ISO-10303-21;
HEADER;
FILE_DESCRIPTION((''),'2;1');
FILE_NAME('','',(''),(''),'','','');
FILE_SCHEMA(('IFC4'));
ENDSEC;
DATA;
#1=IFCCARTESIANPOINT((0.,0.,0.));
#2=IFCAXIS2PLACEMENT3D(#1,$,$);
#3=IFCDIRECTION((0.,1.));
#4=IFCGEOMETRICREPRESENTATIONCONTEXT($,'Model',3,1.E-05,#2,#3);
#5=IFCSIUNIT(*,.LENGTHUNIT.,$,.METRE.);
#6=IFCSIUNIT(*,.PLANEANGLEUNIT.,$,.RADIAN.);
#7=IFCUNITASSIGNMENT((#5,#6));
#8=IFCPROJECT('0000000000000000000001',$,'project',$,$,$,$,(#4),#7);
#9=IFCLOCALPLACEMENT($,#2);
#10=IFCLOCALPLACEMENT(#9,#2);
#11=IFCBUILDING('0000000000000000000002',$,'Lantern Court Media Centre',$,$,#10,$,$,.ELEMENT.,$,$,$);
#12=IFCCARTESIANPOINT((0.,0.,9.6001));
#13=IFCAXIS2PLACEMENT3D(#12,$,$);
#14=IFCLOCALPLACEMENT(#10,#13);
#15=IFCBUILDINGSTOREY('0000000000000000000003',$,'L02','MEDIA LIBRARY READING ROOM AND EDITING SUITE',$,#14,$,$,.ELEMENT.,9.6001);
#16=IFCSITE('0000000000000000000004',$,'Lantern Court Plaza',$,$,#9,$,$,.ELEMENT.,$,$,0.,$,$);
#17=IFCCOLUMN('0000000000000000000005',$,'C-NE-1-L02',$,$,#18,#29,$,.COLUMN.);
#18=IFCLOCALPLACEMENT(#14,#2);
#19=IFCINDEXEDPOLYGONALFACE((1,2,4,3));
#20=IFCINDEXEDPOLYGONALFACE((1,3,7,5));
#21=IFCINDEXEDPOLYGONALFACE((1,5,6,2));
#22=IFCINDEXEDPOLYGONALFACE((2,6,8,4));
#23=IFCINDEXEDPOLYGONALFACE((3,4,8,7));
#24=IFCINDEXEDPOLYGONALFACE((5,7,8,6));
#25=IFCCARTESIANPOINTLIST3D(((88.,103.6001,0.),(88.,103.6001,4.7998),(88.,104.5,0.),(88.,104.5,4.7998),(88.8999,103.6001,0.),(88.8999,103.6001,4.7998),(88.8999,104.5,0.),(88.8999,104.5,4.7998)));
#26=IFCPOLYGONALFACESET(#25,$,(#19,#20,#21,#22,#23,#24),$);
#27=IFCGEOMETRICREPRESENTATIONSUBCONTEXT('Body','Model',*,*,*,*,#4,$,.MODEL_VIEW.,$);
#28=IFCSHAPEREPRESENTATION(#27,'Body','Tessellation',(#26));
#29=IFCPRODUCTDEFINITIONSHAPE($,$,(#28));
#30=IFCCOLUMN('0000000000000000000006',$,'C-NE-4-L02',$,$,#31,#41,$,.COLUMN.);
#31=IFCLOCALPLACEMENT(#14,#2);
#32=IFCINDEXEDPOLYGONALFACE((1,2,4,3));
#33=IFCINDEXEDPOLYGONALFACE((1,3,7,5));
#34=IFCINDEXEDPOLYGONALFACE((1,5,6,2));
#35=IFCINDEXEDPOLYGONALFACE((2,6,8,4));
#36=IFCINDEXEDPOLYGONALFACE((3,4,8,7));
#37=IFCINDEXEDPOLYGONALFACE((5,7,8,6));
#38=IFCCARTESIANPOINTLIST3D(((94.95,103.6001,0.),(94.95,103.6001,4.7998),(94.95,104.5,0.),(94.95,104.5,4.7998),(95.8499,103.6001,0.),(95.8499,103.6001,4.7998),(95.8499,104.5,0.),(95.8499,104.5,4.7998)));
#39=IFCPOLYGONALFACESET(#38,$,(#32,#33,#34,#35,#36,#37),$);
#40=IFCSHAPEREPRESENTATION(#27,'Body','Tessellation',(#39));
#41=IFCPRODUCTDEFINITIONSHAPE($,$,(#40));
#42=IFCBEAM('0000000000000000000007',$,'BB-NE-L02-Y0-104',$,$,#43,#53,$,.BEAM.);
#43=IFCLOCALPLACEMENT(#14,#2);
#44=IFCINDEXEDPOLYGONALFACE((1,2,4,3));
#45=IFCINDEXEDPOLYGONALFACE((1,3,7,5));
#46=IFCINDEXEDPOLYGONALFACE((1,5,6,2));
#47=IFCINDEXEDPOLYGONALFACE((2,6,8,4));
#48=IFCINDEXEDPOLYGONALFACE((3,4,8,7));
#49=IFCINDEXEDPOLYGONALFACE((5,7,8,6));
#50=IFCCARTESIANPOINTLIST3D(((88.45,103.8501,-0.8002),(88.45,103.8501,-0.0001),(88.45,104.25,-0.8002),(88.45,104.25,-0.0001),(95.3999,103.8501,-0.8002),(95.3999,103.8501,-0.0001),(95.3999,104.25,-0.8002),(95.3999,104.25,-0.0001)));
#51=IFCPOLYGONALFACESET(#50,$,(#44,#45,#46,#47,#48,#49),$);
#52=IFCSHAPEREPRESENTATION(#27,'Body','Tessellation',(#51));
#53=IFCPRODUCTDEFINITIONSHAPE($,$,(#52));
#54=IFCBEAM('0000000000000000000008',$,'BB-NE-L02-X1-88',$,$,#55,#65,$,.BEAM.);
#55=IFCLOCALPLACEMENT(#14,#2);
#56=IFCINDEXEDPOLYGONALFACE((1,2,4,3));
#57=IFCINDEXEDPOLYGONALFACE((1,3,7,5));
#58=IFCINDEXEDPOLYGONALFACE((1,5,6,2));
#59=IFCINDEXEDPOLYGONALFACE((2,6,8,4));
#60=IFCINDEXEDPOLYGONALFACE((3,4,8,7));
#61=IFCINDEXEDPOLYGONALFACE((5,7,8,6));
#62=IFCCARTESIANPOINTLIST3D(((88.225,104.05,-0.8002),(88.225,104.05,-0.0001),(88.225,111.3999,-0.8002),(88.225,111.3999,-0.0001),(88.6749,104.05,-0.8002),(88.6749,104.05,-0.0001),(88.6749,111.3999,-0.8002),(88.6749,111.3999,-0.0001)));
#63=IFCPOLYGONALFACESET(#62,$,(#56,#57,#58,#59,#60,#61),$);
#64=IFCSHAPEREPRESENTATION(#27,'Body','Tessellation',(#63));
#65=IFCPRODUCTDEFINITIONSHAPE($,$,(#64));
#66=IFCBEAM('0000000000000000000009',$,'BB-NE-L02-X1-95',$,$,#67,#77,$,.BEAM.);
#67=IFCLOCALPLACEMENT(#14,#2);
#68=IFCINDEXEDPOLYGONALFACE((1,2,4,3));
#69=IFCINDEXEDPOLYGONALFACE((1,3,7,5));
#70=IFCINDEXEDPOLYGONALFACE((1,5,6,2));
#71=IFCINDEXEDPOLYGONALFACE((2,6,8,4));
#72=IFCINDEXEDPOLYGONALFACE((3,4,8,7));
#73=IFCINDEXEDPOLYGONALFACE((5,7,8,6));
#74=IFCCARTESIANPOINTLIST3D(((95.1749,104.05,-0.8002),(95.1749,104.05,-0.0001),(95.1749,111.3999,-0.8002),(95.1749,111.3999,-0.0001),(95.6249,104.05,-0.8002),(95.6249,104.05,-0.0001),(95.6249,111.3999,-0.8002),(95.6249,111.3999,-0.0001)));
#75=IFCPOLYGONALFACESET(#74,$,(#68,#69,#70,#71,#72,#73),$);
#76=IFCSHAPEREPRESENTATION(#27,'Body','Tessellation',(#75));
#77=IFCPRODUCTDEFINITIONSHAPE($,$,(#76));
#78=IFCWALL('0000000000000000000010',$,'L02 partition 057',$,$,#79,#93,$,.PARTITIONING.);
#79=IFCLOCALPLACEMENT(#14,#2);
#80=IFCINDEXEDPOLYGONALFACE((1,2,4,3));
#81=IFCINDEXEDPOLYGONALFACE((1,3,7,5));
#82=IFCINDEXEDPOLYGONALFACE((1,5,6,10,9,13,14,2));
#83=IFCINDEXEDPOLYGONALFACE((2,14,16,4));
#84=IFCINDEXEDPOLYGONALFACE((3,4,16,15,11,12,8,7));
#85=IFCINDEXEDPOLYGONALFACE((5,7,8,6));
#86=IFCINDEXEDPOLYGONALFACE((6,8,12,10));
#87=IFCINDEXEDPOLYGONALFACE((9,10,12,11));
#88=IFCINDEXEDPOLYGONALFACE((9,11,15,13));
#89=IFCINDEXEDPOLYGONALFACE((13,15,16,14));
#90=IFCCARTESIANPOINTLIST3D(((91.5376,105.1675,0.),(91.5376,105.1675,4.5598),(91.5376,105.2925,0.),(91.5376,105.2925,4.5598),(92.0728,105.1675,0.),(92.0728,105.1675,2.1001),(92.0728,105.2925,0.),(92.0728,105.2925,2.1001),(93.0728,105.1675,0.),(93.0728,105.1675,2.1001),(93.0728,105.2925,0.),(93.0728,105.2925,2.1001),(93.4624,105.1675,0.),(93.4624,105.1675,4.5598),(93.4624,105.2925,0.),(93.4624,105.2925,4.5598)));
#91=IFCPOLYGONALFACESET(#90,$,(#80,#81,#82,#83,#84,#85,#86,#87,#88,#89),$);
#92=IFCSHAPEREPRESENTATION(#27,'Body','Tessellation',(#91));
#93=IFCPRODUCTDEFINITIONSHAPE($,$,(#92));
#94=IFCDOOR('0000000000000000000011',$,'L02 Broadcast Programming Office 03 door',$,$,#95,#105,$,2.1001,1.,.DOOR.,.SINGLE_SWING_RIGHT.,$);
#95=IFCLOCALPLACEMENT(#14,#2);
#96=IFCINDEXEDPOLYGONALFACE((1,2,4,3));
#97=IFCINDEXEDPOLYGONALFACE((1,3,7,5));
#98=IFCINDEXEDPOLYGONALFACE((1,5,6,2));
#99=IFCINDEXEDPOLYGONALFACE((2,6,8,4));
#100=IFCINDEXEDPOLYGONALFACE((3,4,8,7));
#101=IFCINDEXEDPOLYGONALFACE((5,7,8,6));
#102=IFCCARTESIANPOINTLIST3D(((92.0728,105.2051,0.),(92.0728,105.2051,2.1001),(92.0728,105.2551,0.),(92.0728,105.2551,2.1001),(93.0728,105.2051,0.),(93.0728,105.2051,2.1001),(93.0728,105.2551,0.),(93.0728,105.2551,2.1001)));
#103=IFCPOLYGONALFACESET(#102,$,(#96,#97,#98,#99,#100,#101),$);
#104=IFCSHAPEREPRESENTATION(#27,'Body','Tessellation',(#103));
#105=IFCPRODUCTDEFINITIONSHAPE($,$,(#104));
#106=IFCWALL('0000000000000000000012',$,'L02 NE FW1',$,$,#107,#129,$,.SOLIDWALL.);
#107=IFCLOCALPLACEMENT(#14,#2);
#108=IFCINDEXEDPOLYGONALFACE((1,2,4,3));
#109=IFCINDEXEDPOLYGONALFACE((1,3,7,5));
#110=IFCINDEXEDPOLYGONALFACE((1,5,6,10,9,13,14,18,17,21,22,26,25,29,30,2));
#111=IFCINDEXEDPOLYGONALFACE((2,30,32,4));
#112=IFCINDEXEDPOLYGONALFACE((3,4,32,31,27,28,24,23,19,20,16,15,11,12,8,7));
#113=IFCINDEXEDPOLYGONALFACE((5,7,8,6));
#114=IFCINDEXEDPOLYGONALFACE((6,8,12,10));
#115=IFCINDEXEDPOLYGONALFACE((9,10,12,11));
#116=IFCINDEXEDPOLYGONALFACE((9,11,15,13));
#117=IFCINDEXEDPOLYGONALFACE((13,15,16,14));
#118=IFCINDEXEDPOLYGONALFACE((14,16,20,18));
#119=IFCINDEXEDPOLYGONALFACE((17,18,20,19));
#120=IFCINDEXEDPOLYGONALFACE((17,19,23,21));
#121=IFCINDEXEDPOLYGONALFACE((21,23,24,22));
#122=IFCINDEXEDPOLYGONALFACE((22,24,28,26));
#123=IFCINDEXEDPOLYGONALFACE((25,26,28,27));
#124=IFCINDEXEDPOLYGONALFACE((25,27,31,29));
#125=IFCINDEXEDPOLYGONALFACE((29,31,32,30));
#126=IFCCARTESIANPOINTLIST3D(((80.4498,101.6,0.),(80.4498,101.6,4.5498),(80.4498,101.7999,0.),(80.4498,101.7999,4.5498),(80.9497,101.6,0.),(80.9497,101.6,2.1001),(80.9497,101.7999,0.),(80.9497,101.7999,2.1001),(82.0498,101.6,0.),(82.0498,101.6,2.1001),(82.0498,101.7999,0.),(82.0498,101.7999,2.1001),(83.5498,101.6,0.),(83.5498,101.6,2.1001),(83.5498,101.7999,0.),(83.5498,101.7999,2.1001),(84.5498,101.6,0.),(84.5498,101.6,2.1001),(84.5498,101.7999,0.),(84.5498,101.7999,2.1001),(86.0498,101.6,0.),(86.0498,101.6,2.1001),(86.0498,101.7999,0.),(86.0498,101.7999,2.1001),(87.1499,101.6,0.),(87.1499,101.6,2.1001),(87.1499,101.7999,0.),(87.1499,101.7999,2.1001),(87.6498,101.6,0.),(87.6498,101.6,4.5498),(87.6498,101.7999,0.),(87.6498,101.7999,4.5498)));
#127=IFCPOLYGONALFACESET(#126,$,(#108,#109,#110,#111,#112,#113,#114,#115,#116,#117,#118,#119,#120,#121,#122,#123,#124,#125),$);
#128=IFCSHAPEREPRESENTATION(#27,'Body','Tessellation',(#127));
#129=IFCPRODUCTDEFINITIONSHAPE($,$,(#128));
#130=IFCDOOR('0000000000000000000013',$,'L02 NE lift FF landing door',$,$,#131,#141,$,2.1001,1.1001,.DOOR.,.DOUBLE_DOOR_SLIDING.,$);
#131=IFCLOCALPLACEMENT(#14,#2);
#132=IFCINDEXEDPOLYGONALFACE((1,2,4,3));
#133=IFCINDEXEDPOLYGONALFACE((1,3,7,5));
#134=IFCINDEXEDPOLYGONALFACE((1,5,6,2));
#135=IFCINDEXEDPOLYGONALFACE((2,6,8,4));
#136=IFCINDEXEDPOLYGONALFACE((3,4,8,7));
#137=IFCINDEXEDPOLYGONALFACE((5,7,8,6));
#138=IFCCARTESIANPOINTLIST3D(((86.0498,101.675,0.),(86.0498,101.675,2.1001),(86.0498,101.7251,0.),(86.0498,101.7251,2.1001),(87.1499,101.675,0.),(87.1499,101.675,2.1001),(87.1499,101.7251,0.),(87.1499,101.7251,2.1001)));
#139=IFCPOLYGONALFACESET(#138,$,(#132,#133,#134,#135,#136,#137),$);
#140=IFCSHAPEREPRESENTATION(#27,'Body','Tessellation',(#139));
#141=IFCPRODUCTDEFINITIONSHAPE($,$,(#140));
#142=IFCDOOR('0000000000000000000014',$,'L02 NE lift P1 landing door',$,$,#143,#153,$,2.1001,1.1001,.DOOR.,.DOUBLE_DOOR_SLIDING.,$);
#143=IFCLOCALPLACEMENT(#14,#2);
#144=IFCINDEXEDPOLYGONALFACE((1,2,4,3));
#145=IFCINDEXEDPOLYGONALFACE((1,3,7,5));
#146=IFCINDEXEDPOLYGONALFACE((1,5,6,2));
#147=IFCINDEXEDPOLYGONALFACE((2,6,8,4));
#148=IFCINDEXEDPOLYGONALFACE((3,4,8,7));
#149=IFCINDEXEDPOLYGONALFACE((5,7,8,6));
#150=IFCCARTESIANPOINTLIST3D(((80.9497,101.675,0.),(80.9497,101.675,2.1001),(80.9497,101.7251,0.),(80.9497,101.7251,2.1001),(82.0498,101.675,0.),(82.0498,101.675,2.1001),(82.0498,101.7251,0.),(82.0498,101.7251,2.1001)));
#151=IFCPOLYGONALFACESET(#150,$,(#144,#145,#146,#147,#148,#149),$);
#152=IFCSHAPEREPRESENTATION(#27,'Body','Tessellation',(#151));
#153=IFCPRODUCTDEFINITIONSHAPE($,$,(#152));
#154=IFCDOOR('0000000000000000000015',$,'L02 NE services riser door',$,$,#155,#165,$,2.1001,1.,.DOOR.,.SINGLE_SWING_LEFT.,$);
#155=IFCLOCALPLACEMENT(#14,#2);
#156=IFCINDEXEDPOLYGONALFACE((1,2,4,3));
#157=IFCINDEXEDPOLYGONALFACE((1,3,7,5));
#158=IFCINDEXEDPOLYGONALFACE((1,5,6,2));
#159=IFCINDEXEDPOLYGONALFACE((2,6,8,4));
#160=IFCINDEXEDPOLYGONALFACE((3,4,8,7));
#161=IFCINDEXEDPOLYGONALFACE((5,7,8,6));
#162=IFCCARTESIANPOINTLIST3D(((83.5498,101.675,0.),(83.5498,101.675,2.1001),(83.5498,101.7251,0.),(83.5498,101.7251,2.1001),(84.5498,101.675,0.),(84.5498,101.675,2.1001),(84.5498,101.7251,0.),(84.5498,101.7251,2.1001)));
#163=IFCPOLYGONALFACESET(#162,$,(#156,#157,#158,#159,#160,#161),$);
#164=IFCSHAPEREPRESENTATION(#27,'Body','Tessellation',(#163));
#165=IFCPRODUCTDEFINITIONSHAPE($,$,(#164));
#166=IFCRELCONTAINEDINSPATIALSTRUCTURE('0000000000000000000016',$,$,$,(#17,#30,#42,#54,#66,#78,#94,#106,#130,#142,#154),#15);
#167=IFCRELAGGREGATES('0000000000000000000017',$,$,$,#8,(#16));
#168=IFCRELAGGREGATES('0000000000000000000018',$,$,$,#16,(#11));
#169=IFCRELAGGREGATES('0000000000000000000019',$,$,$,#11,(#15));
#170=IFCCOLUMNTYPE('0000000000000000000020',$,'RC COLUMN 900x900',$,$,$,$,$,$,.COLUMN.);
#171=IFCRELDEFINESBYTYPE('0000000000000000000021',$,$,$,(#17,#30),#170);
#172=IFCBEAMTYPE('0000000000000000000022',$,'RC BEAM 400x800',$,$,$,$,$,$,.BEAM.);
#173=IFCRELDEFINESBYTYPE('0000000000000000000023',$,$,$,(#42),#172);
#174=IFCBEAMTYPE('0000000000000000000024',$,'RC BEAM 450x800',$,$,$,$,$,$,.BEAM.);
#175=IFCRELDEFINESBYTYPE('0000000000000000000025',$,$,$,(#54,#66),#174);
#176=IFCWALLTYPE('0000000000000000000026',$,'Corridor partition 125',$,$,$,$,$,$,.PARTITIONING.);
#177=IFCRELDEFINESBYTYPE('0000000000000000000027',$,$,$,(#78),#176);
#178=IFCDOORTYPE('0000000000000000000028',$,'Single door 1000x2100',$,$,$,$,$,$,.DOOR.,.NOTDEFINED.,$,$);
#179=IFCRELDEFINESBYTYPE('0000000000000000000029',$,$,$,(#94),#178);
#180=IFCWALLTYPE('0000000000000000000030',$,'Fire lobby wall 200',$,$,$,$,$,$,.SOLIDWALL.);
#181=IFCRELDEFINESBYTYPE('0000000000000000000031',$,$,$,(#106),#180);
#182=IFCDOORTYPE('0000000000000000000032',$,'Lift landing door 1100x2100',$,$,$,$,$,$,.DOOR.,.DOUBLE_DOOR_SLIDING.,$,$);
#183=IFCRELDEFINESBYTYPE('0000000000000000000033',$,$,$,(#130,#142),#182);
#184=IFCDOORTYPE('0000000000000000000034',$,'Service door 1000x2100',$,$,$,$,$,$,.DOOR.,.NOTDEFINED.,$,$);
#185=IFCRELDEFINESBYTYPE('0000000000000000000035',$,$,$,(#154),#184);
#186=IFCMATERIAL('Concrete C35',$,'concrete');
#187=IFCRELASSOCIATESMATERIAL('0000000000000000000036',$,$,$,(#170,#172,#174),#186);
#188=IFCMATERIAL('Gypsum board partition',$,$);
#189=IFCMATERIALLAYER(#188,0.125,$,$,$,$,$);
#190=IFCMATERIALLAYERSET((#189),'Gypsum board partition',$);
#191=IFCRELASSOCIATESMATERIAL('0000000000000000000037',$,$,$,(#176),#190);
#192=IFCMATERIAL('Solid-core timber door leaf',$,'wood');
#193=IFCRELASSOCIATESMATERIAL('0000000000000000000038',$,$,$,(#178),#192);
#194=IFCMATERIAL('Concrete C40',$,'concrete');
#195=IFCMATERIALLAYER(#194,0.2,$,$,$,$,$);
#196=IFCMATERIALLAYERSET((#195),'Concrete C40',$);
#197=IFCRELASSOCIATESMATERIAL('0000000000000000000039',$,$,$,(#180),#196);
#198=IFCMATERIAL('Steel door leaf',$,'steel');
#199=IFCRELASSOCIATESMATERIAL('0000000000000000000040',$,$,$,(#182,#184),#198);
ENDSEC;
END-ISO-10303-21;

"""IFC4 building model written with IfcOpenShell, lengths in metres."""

from ifc_helpers import new_model, si_unit, direction, frame, frame_2d, origin, origin_2d, place, context, subcontext, project, spatial, rectangle, extrude, material, layer, layer_set, material_profile, profile_set, type_object, element, fill, save


model = new_model("IFC4")

# Units and contexts
model_context = context("Model", 3, precision=1e-05, world=origin(), true_north=direction((0.0, 1.0)))
body_context = subcontext(model_context, "Body", "Model", "MODEL_VIEW")
ifc_project = project(units=[si_unit("LENGTHUNIT", "METRE"), si_unit("PLANEANGLEUNIT", "RADIAN")], contexts=[model_context])

# Site, building, storey
site_placement = place(None, origin())
site = spatial("IfcSite", under=ifc_project, at=site_placement, Name="Lantern Court Plaza", CompositionType="ELEMENT", RefElevation=0.0)
building_placement = place(site_placement, origin())
building = spatial("IfcBuilding", under=site, at=building_placement, Name="Lantern Court Media Centre", CompositionType="ELEMENT")
storey_placement = place(building_placement, frame((0.0, 0.0, 9.6001)))
storey = spatial("IfcBuildingStorey", under=building, at=storey_placement, Name="L02", Description="MEDIA LIBRARY READING ROOM AND EDITING SUITE", CompositionType="ELEMENT", Elevation=9.6001)

# Columns
ifc_material_1 = material(Name="Concrete C35", Category="concrete")
ifc_material_profile_1 = material_profile(ifc_material_1, rectangle(XDim=0.8999, YDim=0.8999, at=origin_2d()), Name="RC 900x900")
ifc_profile_set_1 = profile_set([ifc_material_profile_1], Name="Concrete C35")
column_type = type_object("IfcColumnType", Name="RC COLUMN 900x900", PredefinedType="COLUMN", material=ifc_profile_set_1)
for number, where, z_axis, x_axis, name in (
    (1, (88.45, 104.05, 0.0), (0.0, 0.0, 1.0), (1.0, 0.0, 0.0), "C-NE-1-L02"),
    (2, (95.3999, 104.05, 0.0), (0.0, 0.0, 1.0), (1.0, 0.0, 0.0), "C-NE-4-L02"),
):
    element("IfcColumn", number, at=place(storey_placement, frame(where, z_axis=z_axis, x_axis=x_axis)), inside=storey, type_object=column_type, Name=name, PredefinedType="COLUMN", context=body_context, shape_type="SweptSolid", body=[
        extrude(rectangle(XDim=0.8999, YDim=0.8999, at=origin_2d()), origin(), (0.0, 0.0, 1.0), 4.7998),
    ])

# Beams
ifc_material_profile_2 = material_profile(ifc_material_1, rectangle(XDim=0.3999, YDim=0.8, at=origin_2d()), Name="RC 400x800")
ifc_profile_set_2 = profile_set([ifc_material_profile_2], Name="Concrete C35")
beam_type_1 = type_object("IfcBeamType", Name="RC BEAM 400x800", PredefinedType="BEAM", material=ifc_profile_set_2)
beam_placement = place(storey_placement, frame((88.45, 104.05, -0.4001), z_axis=(1.0, 0.0, 0.0), x_axis=(0.0, 1.0, 0.0)))
element("IfcBeam", 3, at=beam_placement, inside=storey, type_object=beam_type_1, Name="BB-NE-L02-Y0-104", PredefinedType="BEAM", context=body_context, shape_type="SweptSolid", body=[
    extrude(rectangle(XDim=0.3999, YDim=0.8, at=origin_2d()), origin(), (0.0, 0.0, 1.0), 6.95),
])
ifc_material_profile_3 = material_profile(ifc_material_1, rectangle(XDim=0.45, YDim=0.8, at=origin_2d()), Name="RC 450x800")
ifc_profile_set_3 = profile_set([ifc_material_profile_3], Name="Concrete C35")
beam_type_2 = type_object("IfcBeamType", Name="RC BEAM 450x800", PredefinedType="BEAM", material=ifc_profile_set_3)
for number, where, z_axis, x_axis, name in (
    (4, (88.45, 104.05, -0.4001), (0.0, 1.0, 0.0), (-1.0, 0.0, 0.0), "BB-NE-L02-X1-88"),
    (5, (95.3999, 104.05, -0.4001), (0.0, 1.0, 0.0), (-1.0, 0.0, 0.0), "BB-NE-L02-X1-95"),
):
    element("IfcBeam", number, at=place(storey_placement, frame(where, z_axis=z_axis, x_axis=x_axis)), inside=storey, type_object=beam_type_2, Name=name, PredefinedType="BEAM", context=body_context, shape_type="SweptSolid", body=[
        extrude(rectangle(XDim=0.45, YDim=0.8, at=origin_2d()), origin(), (0.0, 0.0, 1.0), 7.3499),
    ])

# Wall, opening, door
ifc_material_2 = material(Name="Gypsum board partition")
ifc_layer_1 = layer(ifc_material_2, 0.125)
ifc_layer_set_1 = layer_set([ifc_layer_1], Name="Gypsum board partition")
wall_type_1 = type_object("IfcWallType", Name="Corridor partition 125", PredefinedType="PARTITIONING", material=ifc_layer_set_1)
wall_1_placement = place(storey_placement, frame((91.5376, 105.23, 0.0), z_axis=(0.0, 0.0, 1.0), x_axis=(1.0, 0.0, 0.0)))
wall_1 = element("IfcWall", 6, at=wall_1_placement, inside=storey, type_object=wall_type_1, Name="L02 partition 057", PredefinedType="PARTITIONING", context=body_context, shape_type="SweptSolid", body=[
    extrude(rectangle(XDim=1.9248, YDim=0.125, at=frame_2d((0.9624, 0.0))), origin(), (0.0, 0.0, 1.0), 4.5598),
])
opening_1_placement = place(wall_1_placement, frame((0.5352, 0.0, 0.0)))
opening_1 = element("IfcOpeningElement", 7, at=opening_1_placement, cuts=wall_1, PredefinedType="OPENING", context=body_context, shape_type="SweptSolid", body=[
    extrude(rectangle(XDim=1.0, YDim=2.1001, at=frame_2d((0.5, 1.05))), frame((0.0, 0.0725, 0.0), z_axis=(0.0, -1.0, 0.0), x_axis=(1.0, 0.0, 0.0)), (0.0, 0.0, 1.0), 0.145),
])
ifc_material_3 = material(Name="Solid-core timber door leaf", Category="wood")
door_type_1 = type_object("IfcDoorType", Name="Single door 1000x2100", OperationType="NOTDEFINED", PredefinedType="DOOR", material=ifc_material_3)
door_1_placement = place(opening_1_placement, frame((1.0, 0.0, 0.0), z_axis=(0.0, 0.0, 1.0), x_axis=(-1.0, 0.0, 0.0)))
door_1 = element("IfcDoor", 8, at=door_1_placement, inside=storey, type_object=door_type_1, Name="L02 Broadcast Programming Office 03 door", OperationType="SINGLE_SWING_RIGHT", OverallHeight=2.1001, OverallWidth=1.0, PredefinedType="DOOR", context=body_context, shape_type="SweptSolid", body=[
    extrude(rectangle(XDim=1.0, YDim=2.1001, at=frame_2d((0.5, 1.05))), frame((0.0, 0.0249, 0.0), z_axis=(0.0, -1.0, 0.0), x_axis=(1.0, 0.0, 0.0)), (0.0, 0.0, 1.0), 0.05),
])
fill(opening_1, door_1)

# Wall, openings, doors
ifc_material_4 = material(Name="Concrete C40", Category="concrete")
ifc_layer_2 = layer(ifc_material_4, 0.2)
ifc_layer_set_2 = layer_set([ifc_layer_2], Name="Concrete C40")
wall_type_2 = type_object("IfcWallType", Name="Fire lobby wall 200", PredefinedType="SOLIDWALL", material=ifc_layer_set_2)
wall_2_placement = place(storey_placement, frame((87.6499, 101.7, 0.0), z_axis=(0.0, 0.0, 1.0), x_axis=(-1.0, 0.0, 0.0)))
wall_2 = element("IfcWall", 9, at=wall_2_placement, inside=storey, type_object=wall_type_2, Name="L02 NE FW1", PredefinedType="SOLIDWALL", context=body_context, shape_type="SweptSolid", body=[
    extrude(rectangle(XDim=7.2, YDim=0.2, at=frame_2d((3.6001, 0.0))), origin(), (0.0, 0.0, 1.0), 4.5498),
])
opening_2_placement = place(wall_2_placement, frame((0.5, 0.0, 0.0)))
opening_2 = element("IfcOpeningElement", 10, at=opening_2_placement, cuts=wall_2, PredefinedType="OPENING", context=body_context, shape_type="SweptSolid", body=[
    extrude(rectangle(XDim=1.1001, YDim=2.1001, at=frame_2d((0.55, 1.05))), frame((0.0, 0.1099, 0.0), z_axis=(0.0, -1.0, 0.0), x_axis=(1.0, 0.0, 0.0)), (0.0, 0.0, 1.0), 0.22),
])
opening_3_placement = place(wall_2_placement, frame((5.6001, 0.0, 0.0)))
opening_3 = element("IfcOpeningElement", 11, at=opening_3_placement, cuts=wall_2, PredefinedType="OPENING", context=body_context, shape_type="SweptSolid", body=[
    extrude(rectangle(XDim=1.1001, YDim=2.1001, at=frame_2d((0.55, 1.05))), frame((0.0, 0.1099, 0.0), z_axis=(0.0, -1.0, 0.0), x_axis=(1.0, 0.0, 0.0)), (0.0, 0.0, 1.0), 0.22),
])
opening_4_placement = place(wall_2_placement, frame((3.1001, 0.0, 0.0)))
opening_4 = element("IfcOpeningElement", 12, at=opening_4_placement, cuts=wall_2, PredefinedType="OPENING", context=body_context, shape_type="SweptSolid", body=[
    extrude(rectangle(XDim=1.0, YDim=2.1001, at=frame_2d((0.5, 1.05))), frame((0.0, 0.1099, 0.0), z_axis=(0.0, -1.0, 0.0), x_axis=(1.0, 0.0, 0.0)), (0.0, 0.0, 1.0), 0.22),
])
ifc_material_5 = material(Name="Steel door leaf", Category="steel")
door_type_2 = type_object("IfcDoorType", Name="Lift landing door 1100x2100", OperationType="DOUBLE_DOOR_SLIDING", PredefinedType="DOOR", material=ifc_material_5)
door_2_placement = place(opening_2_placement, origin())
door_2 = element("IfcDoor", 13, at=door_2_placement, inside=storey, type_object=door_type_2, Name="L02 NE lift FF landing door", OperationType="DOUBLE_DOOR_SLIDING", OverallHeight=2.1001, OverallWidth=1.1001, PredefinedType="DOOR", context=body_context, shape_type="SweptSolid", body=[
    extrude(rectangle(XDim=1.1001, YDim=2.1001, at=frame_2d((0.55, 1.05))), frame((0.0, 0.0249, 0.0), z_axis=(0.0, -1.0, 0.0), x_axis=(1.0, 0.0, 0.0)), (0.0, 0.0, 1.0), 0.05),
])
fill(opening_2, door_2)
door_3_placement = place(opening_3_placement, origin())
door_3 = element("IfcDoor", 14, at=door_3_placement, inside=storey, type_object=door_type_2, Name="L02 NE lift P1 landing door", OperationType="DOUBLE_DOOR_SLIDING", OverallHeight=2.1001, OverallWidth=1.1001, PredefinedType="DOOR", context=body_context, shape_type="SweptSolid", body=[
    extrude(rectangle(XDim=1.1001, YDim=2.1001, at=frame_2d((0.55, 1.05))), frame((0.0, 0.0249, 0.0), z_axis=(0.0, -1.0, 0.0), x_axis=(1.0, 0.0, 0.0)), (0.0, 0.0, 1.0), 0.05),
])
fill(opening_3, door_3)
door_type_3 = type_object("IfcDoorType", Name="Service door 1000x2100", OperationType="NOTDEFINED", PredefinedType="DOOR", material=ifc_material_5)
door_4_placement = place(opening_4_placement, origin())
door_4 = element("IfcDoor", 15, at=door_4_placement, inside=storey, type_object=door_type_3, Name="L02 NE services riser door", OperationType="SINGLE_SWING_LEFT", OverallHeight=2.1001, OverallWidth=1.0, PredefinedType="DOOR", context=body_context, shape_type="SweptSolid", body=[
    extrude(rectangle(XDim=1.0, YDim=2.1001, at=frame_2d((0.5, 1.05))), frame((0.0, 0.0249, 0.0), z_axis=(0.0, -1.0, 0.0), x_axis=(1.0, 0.0, 0.0)), (0.0, 0.0, 1.0), 0.05),
])
fill(opening_4, door_4)

save(model, "model.ifc")
